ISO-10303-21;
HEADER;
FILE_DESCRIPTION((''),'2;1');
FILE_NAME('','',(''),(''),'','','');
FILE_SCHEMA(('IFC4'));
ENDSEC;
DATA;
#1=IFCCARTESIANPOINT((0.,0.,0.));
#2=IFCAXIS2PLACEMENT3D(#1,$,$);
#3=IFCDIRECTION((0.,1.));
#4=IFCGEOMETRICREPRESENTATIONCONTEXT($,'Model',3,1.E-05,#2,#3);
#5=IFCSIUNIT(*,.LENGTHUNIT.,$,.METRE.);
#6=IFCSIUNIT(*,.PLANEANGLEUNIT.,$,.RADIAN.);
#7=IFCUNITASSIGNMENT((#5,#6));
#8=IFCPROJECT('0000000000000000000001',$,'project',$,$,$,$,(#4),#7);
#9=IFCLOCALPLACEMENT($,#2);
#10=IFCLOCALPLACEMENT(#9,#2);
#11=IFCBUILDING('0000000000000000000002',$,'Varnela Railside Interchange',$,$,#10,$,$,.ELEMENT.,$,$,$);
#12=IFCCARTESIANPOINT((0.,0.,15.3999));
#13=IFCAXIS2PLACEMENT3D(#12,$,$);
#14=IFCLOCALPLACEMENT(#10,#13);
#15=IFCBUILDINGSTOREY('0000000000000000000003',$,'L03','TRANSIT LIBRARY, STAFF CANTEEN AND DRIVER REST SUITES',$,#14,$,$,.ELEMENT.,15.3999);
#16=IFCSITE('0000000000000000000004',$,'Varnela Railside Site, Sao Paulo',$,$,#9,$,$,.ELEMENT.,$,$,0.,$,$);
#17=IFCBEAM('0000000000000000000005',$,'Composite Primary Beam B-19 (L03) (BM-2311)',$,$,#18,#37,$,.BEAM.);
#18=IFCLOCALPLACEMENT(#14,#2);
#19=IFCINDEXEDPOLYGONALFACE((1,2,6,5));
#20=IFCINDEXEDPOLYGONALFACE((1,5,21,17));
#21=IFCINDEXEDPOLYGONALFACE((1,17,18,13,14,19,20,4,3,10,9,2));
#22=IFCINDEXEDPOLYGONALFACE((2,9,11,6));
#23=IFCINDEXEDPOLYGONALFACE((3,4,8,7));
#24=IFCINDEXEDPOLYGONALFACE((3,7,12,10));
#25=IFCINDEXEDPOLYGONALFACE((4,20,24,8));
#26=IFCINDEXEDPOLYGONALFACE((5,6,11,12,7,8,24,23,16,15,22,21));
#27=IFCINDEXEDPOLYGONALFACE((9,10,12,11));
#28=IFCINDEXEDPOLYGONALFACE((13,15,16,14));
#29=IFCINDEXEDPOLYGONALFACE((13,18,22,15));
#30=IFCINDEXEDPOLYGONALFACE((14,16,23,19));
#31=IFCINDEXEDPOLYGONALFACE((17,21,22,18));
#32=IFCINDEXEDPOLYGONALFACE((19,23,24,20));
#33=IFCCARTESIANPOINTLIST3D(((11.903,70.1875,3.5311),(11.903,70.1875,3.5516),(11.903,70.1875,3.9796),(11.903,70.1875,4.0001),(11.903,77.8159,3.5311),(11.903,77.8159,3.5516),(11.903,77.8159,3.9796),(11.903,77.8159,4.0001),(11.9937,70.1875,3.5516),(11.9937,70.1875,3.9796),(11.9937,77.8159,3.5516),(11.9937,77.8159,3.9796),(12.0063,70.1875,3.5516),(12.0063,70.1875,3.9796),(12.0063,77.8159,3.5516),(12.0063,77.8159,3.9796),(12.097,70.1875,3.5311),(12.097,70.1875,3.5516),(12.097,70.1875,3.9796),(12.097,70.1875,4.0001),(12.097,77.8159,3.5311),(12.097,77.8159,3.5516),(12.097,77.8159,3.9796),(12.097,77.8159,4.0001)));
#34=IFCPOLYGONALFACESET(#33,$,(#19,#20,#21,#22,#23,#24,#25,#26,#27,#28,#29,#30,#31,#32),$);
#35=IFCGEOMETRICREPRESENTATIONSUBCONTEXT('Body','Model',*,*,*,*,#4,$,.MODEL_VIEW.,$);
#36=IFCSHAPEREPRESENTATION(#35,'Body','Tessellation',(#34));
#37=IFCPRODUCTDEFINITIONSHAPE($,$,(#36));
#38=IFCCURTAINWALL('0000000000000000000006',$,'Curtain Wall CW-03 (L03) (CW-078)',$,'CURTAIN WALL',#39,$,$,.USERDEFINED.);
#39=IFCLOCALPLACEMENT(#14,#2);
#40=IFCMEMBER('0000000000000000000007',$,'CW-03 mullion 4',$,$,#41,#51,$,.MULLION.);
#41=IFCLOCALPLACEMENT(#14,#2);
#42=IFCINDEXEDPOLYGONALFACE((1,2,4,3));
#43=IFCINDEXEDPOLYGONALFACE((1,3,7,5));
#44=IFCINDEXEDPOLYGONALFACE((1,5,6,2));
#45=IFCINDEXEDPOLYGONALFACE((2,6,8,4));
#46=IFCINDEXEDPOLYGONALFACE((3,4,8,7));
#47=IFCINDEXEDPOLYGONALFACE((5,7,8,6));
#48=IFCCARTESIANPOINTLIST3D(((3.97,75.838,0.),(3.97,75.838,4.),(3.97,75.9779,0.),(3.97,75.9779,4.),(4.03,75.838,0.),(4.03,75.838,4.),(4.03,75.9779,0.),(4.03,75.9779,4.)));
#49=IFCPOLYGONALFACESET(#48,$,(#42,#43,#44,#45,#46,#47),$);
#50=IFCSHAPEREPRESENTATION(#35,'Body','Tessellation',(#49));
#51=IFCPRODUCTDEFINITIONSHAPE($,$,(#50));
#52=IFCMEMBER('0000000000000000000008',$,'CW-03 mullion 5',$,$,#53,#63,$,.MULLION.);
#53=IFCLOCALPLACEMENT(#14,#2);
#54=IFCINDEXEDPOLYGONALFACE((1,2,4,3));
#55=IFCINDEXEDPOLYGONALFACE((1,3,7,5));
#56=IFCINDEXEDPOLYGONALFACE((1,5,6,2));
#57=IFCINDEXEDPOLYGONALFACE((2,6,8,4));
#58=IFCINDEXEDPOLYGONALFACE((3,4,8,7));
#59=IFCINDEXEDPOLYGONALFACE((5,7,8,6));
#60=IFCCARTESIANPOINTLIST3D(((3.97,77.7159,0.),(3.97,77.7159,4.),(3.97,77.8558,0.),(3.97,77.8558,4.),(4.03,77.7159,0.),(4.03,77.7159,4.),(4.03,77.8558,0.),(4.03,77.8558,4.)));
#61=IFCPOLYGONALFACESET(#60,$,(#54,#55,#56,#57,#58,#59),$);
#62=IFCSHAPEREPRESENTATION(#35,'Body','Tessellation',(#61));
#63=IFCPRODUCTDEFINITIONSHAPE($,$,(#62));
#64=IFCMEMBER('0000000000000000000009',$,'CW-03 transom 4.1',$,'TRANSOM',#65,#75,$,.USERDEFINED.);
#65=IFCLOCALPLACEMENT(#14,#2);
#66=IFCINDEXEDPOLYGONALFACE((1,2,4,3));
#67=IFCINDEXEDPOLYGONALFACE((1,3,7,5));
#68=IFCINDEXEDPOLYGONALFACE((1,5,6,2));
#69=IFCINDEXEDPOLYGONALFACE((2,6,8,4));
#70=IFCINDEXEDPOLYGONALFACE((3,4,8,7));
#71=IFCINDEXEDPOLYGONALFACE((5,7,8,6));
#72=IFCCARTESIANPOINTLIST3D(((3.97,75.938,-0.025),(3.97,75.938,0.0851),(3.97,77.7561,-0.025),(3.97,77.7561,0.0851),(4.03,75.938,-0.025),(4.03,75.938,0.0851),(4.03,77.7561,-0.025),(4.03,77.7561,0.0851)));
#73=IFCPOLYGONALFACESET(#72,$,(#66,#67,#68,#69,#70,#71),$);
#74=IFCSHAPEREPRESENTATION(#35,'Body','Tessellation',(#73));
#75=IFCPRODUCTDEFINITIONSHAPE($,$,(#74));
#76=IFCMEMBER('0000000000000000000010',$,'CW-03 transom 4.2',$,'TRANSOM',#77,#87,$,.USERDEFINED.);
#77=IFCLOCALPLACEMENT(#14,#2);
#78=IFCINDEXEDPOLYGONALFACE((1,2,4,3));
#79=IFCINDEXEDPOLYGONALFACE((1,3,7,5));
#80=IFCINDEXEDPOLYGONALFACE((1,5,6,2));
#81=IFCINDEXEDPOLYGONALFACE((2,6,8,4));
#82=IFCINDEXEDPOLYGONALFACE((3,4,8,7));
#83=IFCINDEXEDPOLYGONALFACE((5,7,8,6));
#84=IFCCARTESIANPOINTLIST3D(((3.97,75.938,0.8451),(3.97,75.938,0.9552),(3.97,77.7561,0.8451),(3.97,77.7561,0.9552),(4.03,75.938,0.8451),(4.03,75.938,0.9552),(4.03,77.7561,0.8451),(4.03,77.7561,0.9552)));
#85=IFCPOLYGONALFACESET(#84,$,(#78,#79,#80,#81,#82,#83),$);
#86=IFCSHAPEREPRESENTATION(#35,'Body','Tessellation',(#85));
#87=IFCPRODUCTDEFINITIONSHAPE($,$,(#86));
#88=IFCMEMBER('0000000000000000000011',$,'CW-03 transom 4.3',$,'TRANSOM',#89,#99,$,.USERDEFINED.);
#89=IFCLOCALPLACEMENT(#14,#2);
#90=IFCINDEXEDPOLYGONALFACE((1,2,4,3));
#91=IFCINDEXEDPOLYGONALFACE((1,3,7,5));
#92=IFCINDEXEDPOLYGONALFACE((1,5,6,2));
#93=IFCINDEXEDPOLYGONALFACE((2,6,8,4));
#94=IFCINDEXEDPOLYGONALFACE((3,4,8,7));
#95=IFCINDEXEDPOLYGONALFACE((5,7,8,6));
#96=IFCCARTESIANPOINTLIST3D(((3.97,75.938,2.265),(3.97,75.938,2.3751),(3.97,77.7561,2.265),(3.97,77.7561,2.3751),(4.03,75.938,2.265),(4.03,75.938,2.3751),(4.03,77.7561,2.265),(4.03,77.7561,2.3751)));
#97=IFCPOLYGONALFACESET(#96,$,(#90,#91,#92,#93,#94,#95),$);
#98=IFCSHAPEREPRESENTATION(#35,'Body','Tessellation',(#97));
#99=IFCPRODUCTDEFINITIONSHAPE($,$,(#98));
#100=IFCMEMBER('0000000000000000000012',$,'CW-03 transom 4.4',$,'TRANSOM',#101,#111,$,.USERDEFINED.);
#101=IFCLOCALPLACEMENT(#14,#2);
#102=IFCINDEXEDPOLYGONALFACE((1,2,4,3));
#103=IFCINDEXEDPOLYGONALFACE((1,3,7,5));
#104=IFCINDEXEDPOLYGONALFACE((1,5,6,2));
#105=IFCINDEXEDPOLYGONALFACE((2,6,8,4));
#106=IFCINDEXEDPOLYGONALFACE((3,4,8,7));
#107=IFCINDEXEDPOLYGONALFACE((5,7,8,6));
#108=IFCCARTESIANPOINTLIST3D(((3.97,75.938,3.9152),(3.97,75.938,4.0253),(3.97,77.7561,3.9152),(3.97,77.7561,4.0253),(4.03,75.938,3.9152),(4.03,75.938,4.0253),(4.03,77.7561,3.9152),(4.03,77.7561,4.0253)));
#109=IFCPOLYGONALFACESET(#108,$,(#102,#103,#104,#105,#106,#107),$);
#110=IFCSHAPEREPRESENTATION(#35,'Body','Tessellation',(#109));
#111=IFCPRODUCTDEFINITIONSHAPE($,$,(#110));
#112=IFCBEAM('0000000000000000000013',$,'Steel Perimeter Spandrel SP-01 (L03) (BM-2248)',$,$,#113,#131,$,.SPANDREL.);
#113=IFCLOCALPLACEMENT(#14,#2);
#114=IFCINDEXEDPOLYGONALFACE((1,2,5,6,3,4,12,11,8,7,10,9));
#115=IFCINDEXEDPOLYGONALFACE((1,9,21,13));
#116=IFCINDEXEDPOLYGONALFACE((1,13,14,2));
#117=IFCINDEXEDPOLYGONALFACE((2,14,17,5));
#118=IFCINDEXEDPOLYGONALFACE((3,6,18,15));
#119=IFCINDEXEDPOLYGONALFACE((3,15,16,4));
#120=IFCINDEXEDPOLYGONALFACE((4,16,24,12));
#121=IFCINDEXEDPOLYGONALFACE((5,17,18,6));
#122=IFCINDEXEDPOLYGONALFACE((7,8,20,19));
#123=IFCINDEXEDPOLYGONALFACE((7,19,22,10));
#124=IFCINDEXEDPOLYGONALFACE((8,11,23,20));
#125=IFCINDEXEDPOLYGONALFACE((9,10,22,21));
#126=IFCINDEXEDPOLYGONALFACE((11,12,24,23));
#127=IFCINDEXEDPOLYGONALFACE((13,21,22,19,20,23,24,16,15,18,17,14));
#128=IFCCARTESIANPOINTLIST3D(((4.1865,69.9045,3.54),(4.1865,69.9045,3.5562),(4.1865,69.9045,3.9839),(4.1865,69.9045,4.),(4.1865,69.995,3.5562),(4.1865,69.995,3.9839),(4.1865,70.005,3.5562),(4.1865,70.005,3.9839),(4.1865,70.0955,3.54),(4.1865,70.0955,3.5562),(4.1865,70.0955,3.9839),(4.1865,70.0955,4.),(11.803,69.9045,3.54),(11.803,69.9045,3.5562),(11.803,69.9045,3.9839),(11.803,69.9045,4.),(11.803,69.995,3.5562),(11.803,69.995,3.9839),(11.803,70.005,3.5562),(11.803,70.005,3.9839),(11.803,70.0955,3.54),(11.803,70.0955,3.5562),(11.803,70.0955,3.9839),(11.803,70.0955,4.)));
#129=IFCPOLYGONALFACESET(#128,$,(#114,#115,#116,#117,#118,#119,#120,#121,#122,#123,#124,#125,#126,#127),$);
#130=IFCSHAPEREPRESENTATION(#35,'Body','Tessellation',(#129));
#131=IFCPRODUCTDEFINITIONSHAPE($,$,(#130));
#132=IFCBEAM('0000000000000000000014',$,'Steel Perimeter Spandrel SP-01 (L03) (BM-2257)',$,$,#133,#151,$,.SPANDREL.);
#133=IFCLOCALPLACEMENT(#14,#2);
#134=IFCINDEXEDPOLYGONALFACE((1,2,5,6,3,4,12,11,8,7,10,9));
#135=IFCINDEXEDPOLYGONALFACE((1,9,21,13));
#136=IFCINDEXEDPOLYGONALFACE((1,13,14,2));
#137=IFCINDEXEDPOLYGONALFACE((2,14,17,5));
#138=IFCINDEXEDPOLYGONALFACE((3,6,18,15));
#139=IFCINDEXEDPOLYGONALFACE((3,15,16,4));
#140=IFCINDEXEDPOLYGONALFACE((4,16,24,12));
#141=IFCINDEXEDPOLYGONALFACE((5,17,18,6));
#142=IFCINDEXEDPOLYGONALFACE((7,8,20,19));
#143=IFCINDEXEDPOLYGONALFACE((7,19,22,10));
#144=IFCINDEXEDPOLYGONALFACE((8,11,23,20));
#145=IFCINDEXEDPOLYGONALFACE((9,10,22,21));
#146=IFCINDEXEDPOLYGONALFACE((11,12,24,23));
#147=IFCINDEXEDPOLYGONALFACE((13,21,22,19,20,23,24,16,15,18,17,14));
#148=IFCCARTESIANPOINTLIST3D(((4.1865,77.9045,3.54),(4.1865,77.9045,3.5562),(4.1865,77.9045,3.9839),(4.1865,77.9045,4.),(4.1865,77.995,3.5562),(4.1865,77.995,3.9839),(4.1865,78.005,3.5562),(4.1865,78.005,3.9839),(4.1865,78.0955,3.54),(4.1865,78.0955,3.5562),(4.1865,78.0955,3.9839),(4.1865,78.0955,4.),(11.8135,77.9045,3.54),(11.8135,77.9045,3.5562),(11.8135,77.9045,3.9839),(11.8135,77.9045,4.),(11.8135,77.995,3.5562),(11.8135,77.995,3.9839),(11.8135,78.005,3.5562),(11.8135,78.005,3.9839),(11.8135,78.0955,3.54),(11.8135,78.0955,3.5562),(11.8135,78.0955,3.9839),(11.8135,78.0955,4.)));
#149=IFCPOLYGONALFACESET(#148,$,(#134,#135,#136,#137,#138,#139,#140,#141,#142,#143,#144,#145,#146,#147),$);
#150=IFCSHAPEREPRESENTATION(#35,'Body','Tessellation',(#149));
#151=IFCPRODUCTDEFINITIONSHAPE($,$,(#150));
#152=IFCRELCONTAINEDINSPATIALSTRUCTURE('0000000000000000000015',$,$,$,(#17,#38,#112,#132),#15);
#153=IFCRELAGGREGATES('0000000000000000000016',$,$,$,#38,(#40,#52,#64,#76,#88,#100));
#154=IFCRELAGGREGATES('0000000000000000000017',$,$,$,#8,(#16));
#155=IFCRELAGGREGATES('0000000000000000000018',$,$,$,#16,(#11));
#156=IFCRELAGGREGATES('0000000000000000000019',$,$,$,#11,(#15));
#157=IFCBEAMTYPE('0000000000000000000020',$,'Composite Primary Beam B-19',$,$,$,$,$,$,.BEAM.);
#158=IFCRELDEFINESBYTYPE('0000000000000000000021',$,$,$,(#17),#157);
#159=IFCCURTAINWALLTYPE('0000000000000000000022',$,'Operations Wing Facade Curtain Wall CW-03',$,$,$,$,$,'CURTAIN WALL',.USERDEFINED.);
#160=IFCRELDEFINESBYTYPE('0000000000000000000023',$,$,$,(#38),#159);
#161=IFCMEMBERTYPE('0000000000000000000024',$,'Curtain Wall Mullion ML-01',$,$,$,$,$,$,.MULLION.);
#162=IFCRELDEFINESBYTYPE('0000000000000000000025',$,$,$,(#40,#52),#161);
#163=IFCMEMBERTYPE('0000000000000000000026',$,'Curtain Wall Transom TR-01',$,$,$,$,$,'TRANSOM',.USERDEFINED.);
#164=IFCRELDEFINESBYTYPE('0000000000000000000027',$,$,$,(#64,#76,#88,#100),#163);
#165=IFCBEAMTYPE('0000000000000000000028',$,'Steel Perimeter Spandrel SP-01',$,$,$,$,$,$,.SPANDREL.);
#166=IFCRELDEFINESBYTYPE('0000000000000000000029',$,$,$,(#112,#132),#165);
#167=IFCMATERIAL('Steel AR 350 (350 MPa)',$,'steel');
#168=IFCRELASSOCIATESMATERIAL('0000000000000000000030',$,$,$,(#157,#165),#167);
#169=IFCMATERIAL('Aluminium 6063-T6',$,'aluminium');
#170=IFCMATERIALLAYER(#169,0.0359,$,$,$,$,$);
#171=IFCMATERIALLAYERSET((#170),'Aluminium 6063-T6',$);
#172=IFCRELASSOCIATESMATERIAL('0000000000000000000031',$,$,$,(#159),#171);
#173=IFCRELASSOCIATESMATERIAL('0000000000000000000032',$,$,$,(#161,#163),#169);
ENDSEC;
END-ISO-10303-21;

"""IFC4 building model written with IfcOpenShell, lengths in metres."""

from ifc_helpers import new_model, si_unit, direction, frame, origin, origin_2d, place, context, subcontext, project, spatial, rectangle, i_section, extrude, material, layer, layer_set, material_profile, profile_set, type_object, element, aggregate, save


model = new_model("IFC4")

# Units and contexts
model_context = context("Model", 3, precision=1e-05, world=origin(), true_north=direction((0.0, 1.0)))
body_context = subcontext(model_context, "Body", "Model", "MODEL_VIEW")
ifc_project = project(units=[si_unit("LENGTHUNIT", "METRE"), si_unit("PLANEANGLEUNIT", "RADIAN")], contexts=[model_context])

# Site, building, storey
site_placement = place(None, origin())
site = spatial("IfcSite", under=ifc_project, at=site_placement, Name="Varnela Railside Site, Sao Paulo", CompositionType="ELEMENT", RefElevation=0.0)
building_placement = place(site_placement, origin())
building = spatial("IfcBuilding", under=site, at=building_placement, Name="Varnela Railside Interchange", CompositionType="ELEMENT")
storey_placement = place(building_placement, frame((0.0, 0.0, 15.3999)))
storey = spatial("IfcBuildingStorey", under=building, at=storey_placement, Name="L03", Description="TRANSIT LIBRARY, STAFF CANTEEN AND DRIVER REST SUITES", CompositionType="ELEMENT", Elevation=15.3999)

# Shared definitions
ifc_material_1 = material(Name="Steel AR 350 (350 MPa)", Category="steel")

# Beam
ifc_material_profile_1 = material_profile(ifc_material_1, i_section(OverallWidth=0.1941, OverallDepth=0.469, WebThickness=0.0127, FlangeThickness=0.0205, at=origin_2d()), Name="W460x106")
ifc_profile_set_1 = profile_set([ifc_material_profile_1], Name="Steel AR 350 (350 MPa)")
beam_type_1 = type_object("IfcBeamType", Name="Composite Primary Beam B-19", PredefinedType="BEAM", material=ifc_profile_set_1)
beam_1_placement = place(storey_placement, frame((12.0, 70.1875, 3.7656), z_axis=(0.0, 1.0, 0.0), x_axis=(-1.0, 0.0, 0.0)))
element("IfcBeam", 1, at=beam_1_placement, inside=storey, type_object=beam_type_1, Name="Composite Primary Beam B-19 (L03) (BM-2311)", PredefinedType="BEAM", context=body_context, shape_type="SweptSolid", body=[
    extrude(i_section(OverallWidth=0.1941, OverallDepth=0.469, WebThickness=0.0127, FlangeThickness=0.0205, at=origin_2d()), origin(), (0.0, 0.0, 1.0), 7.6284),
])

# Curtain wall, members
ifc_material_2 = material(Name="Aluminium 6063-T6", Category="aluminium")
ifc_layer_1 = layer(ifc_material_2, 0.0359)
ifc_layer_set_1 = layer_set([ifc_layer_1], Name="Aluminium 6063-T6")
curtain_wall_type = type_object("IfcCurtainWallType", Name="Operations Wing Facade Curtain Wall CW-03", ElementType="CURTAIN WALL", PredefinedType="USERDEFINED", material=ifc_layer_set_1)
curtain_wall_placement = place(storey_placement, origin())
curtain_wall = element("IfcCurtainWall", 2, at=curtain_wall_placement, inside=storey, type_object=curtain_wall_type, Name="Curtain Wall CW-03 (L03) (CW-078)", ObjectType="CURTAIN WALL", PredefinedType="USERDEFINED")
ifc_material_profile_2 = material_profile(ifc_material_2, rectangle(XDim=0.0601, YDim=0.1399, at=origin_2d()), Name="ALU 60x140")
ifc_profile_set_2 = profile_set([ifc_material_profile_2], Name="Aluminium 6063-T6")
member_type_1 = type_object("IfcMemberType", Name="Curtain Wall Mullion ML-01", PredefinedType="MULLION", material=ifc_profile_set_2)
member_1_placement = place(storey_placement, frame((4.0, 75.908, 0.0), z_axis=(0.0, 0.0, 1.0), x_axis=(-1.0, 0.0, 0.0)))
member_1 = element("IfcMember", 3, at=member_1_placement, type_object=member_type_1, Name="CW-03 mullion 4", PredefinedType="MULLION", context=body_context, shape_type="SweptSolid", body=[
    extrude(rectangle(XDim=0.0601, YDim=0.1399, at=origin_2d()), origin(), (0.0, 0.0, 1.0), 4.0),
])
member_2_placement = place(storey_placement, frame((4.0, 77.7859, 0.0), z_axis=(0.0, 0.0, 1.0), x_axis=(-1.0, 0.0, 0.0)))
member_2 = element("IfcMember", 4, at=member_2_placement, type_object=member_type_1, Name="CW-03 mullion 5", PredefinedType="MULLION", context=body_context, shape_type="SweptSolid", body=[
    extrude(rectangle(XDim=0.0601, YDim=0.1399, at=origin_2d()), origin(), (0.0, 0.0, 1.0), 4.0),
])
ifc_material_profile_3 = material_profile(ifc_material_2, rectangle(XDim=0.0601, YDim=0.1101, at=origin_2d()), Name="ALU 60x110")
ifc_profile_set_3 = profile_set([ifc_material_profile_3], Name="Aluminium 6063-T6")
member_type_2 = type_object("IfcMemberType", Name="Curtain Wall Transom TR-01", ElementType="TRANSOM", PredefinedType="USERDEFINED", material=ifc_profile_set_3)
member_3_placement = place(storey_placement, frame((4.0, 75.938, 0.03), z_axis=(0.0, 1.0, 0.0), x_axis=(-1.0, 0.0, 0.0)))
member_3 = element("IfcMember", 5, at=member_3_placement, type_object=member_type_2, Name="CW-03 transom 4.1", ObjectType="TRANSOM", PredefinedType="USERDEFINED", context=body_context, shape_type="SweptSolid", body=[
    extrude(rectangle(XDim=0.0601, YDim=0.1101, at=origin_2d()), origin(), (0.0, 0.0, 1.0), 1.8181),
])
member_4_placement = place(storey_placement, frame((4.0, 75.938, 0.9001), z_axis=(0.0, 1.0, 0.0), x_axis=(-1.0, 0.0, 0.0)))
member_4 = element("IfcMember", 6, at=member_4_placement, type_object=member_type_2, Name="CW-03 transom 4.2", ObjectType="TRANSOM", PredefinedType="USERDEFINED", context=body_context, shape_type="SweptSolid", body=[
    extrude(rectangle(XDim=0.0601, YDim=0.1101, at=origin_2d()), origin(), (0.0, 0.0, 1.0), 1.8181),
])
member_5_placement = place(storey_placement, frame((4.0, 75.938, 2.3201), z_axis=(0.0, 1.0, 0.0), x_axis=(-1.0, 0.0, 0.0)))
member_5 = element("IfcMember", 7, at=member_5_placement, type_object=member_type_2, Name="CW-03 transom 4.3", ObjectType="TRANSOM", PredefinedType="USERDEFINED", context=body_context, shape_type="SweptSolid", body=[
    extrude(rectangle(XDim=0.0601, YDim=0.1101, at=origin_2d()), origin(), (0.0, 0.0, 1.0), 1.8181),
])
member_6_placement = place(storey_placement, frame((4.0, 75.938, 3.9702), z_axis=(0.0, 1.0, 0.0), x_axis=(-1.0, 0.0, 0.0)))
member_6 = element("IfcMember", 8, at=member_6_placement, type_object=member_type_2, Name="CW-03 transom 4.4", ObjectType="TRANSOM", PredefinedType="USERDEFINED", context=body_context, shape_type="SweptSolid", body=[
    extrude(rectangle(XDim=0.0601, YDim=0.1101, at=origin_2d()), origin(), (0.0, 0.0, 1.0), 1.8181),
])

# Beams
ifc_material_profile_4 = material_profile(ifc_material_1, i_section(OverallWidth=0.1909, OverallDepth=0.46, WebThickness=0.01, FlangeThickness=0.0161, at=origin_2d()), Name="W460x82")
ifc_profile_set_4 = profile_set([ifc_material_profile_4], Name="Steel AR 350 (350 MPa)")
beam_type_2 = type_object("IfcBeamType", Name="Steel Perimeter Spandrel SP-01", PredefinedType="SPANDREL", material=ifc_profile_set_4)
beam_2_placement = place(storey_placement, frame((4.1865, 70.0, 3.77), z_axis=(1.0, 0.0, 0.0), x_axis=(0.0, 1.0, 0.0)))
element("IfcBeam", 9, at=beam_2_placement, inside=storey, type_object=beam_type_2, Name="Steel Perimeter Spandrel SP-01 (L03) (BM-2248)", PredefinedType="SPANDREL", context=body_context, shape_type="SweptSolid", body=[
    extrude(i_section(OverallWidth=0.1909, OverallDepth=0.46, WebThickness=0.01, FlangeThickness=0.0161, at=origin_2d()), origin(), (0.0, 0.0, 1.0), 7.6165),
])
beam_3_placement = place(storey_placement, frame((4.1865, 78.0, 3.77), z_axis=(1.0, 0.0, 0.0), x_axis=(0.0, 1.0, 0.0)))
element("IfcBeam", 10, at=beam_3_placement, inside=storey, type_object=beam_type_2, Name="Steel Perimeter Spandrel SP-01 (L03) (BM-2257)", PredefinedType="SPANDREL", context=body_context, shape_type="SweptSolid", body=[
    extrude(i_section(OverallWidth=0.1909, OverallDepth=0.46, WebThickness=0.01, FlangeThickness=0.0161, at=origin_2d()), origin(), (0.0, 0.0, 1.0), 7.627),
])

aggregate(curtain_wall, [member_1, member_2, member_3, member_4, member_5, member_6])

save(model, "model.ifc")
